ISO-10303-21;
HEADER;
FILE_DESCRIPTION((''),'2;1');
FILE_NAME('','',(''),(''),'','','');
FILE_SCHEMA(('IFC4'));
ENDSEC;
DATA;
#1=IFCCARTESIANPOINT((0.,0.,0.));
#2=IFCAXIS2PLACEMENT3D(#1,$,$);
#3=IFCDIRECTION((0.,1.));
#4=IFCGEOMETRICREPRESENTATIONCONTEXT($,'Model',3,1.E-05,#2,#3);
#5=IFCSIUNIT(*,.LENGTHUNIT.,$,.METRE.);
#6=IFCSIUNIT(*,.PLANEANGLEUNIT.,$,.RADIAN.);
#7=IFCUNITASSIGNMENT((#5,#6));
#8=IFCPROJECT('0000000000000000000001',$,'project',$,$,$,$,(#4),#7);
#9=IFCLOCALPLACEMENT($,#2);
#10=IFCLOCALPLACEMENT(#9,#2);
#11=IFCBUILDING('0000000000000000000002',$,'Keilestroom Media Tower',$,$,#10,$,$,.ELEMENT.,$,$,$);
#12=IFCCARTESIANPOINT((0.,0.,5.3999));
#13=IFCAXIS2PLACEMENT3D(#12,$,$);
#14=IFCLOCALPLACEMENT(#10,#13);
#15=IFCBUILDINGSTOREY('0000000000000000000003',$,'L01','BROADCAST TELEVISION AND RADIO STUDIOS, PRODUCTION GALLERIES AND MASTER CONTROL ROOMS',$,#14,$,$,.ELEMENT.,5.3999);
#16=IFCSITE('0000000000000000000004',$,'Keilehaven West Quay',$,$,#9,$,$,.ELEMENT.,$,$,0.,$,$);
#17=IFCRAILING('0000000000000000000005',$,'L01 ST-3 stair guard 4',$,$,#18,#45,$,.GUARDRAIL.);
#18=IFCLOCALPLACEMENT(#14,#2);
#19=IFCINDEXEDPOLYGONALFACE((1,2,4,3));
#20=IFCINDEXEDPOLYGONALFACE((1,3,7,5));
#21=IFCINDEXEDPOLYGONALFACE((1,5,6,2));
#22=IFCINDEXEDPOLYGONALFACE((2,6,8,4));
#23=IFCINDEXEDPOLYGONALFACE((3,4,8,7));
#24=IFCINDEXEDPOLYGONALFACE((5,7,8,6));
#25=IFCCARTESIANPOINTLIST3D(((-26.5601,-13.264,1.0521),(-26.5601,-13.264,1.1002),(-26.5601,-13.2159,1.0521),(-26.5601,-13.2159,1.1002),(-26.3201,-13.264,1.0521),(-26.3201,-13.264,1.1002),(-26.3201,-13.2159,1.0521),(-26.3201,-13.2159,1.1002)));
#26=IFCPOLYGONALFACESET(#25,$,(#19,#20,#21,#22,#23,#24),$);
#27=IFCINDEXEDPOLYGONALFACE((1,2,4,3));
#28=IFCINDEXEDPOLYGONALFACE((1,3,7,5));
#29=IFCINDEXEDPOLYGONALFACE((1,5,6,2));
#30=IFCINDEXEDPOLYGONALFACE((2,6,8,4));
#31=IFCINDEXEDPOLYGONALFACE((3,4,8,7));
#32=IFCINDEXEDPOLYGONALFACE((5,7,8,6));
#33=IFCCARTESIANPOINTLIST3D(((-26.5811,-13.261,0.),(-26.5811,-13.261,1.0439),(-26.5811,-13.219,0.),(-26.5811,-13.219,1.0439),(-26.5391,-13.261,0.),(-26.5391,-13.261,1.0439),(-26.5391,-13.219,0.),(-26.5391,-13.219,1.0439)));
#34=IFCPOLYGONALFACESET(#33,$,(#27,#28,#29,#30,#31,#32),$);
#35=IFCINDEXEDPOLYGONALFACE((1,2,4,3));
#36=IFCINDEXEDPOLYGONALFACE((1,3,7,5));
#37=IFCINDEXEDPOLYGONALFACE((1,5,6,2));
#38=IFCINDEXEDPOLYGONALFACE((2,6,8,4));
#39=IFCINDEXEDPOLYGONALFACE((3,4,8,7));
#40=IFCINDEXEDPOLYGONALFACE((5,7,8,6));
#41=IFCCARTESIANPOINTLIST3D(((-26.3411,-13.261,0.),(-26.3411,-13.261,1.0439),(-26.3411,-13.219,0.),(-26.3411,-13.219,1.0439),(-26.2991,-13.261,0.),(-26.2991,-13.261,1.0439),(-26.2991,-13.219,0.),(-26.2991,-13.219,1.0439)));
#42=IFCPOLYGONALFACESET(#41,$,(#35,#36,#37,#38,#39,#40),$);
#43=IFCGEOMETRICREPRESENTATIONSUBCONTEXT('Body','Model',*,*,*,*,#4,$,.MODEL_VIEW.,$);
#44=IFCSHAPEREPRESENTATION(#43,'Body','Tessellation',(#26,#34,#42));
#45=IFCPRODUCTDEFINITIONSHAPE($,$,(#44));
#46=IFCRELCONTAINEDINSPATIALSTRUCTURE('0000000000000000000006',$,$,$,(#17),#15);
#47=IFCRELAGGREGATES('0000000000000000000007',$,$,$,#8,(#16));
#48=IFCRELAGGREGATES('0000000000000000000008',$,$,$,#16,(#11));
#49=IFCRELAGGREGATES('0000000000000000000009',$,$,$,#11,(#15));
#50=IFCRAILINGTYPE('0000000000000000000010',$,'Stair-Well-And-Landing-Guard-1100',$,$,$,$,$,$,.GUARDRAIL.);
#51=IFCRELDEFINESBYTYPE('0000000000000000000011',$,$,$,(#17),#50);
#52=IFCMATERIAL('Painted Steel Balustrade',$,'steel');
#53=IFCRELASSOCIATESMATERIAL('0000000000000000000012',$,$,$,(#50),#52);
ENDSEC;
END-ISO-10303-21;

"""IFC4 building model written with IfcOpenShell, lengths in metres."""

from ifc_helpers import new_model, si_unit, direction, frame, origin, origin_2d, place, context, subcontext, project, spatial, rectangle, extrude, material, type_object, element, save


model = new_model("IFC4")

# Units and contexts
model_context = context("Model", 3, precision=1e-05, world=origin(), true_north=direction((0.0, 1.0)))
body_context = subcontext(model_context, "Body", "Model", "MODEL_VIEW")
ifc_project = project(units=[si_unit("LENGTHUNIT", "METRE"), si_unit("PLANEANGLEUNIT", "RADIAN")], contexts=[model_context])

# Site, building, storey
site_placement = place(None, origin())
site = spatial("IfcSite", under=ifc_project, at=site_placement, Name="Keilehaven West Quay", CompositionType="ELEMENT", RefElevation=0.0)
building_placement = place(site_placement, origin())
building = spatial("IfcBuilding", under=site, at=building_placement, Name="Keilestroom Media Tower", CompositionType="ELEMENT")
storey_placement = place(building_placement, frame((0.0, 0.0, 5.3999)))
storey = spatial("IfcBuildingStorey", under=building, at=storey_placement, Name="L01", Description="BROADCAST TELEVISION AND RADIO STUDIOS, PRODUCTION GALLERIES AND MASTER CONTROL ROOMS", CompositionType="ELEMENT", Elevation=5.3999)

# Railing
ifc_material_1 = material(Name="Painted Steel Balustrade", Category="steel")
railing_type_1 = type_object("IfcRailingType", Name="Stair-Well-And-Landing-Guard-1100", PredefinedType="GUARDRAIL", material=ifc_material_1)
for number, where, name in (
    (1, (-26.5601, -13.24, 0.0), "L01 ST-3 stair guard 4"),
):
    element("IfcRailing", number, at=place(storey_placement, frame(where)), inside=storey, type_object=railing_type_1, Name=name, PredefinedType="GUARDRAIL", context=body_context, shape_type="SweptSolid", body=[
        extrude(rectangle(XDim=0.0481, YDim=0.0481, at=origin_2d()), frame((0.0, 0.0, 1.0762), z_axis=(1.0, 0.0, 0.0), x_axis=(0.0, 1.0, 0.0)), (0.0, 0.0, 1.0), 0.24),
        extrude(rectangle(XDim=0.042, YDim=0.042, at=origin_2d()), origin(), (0.0, 0.0, 1.0), 1.0439),
        extrude(rectangle(XDim=0.042, YDim=0.042, at=origin_2d()), frame((0.24, 0.0, 0.0)), (0.0, 0.0, 1.0), 1.0439),
    ])

save(model, "model.ifc")
